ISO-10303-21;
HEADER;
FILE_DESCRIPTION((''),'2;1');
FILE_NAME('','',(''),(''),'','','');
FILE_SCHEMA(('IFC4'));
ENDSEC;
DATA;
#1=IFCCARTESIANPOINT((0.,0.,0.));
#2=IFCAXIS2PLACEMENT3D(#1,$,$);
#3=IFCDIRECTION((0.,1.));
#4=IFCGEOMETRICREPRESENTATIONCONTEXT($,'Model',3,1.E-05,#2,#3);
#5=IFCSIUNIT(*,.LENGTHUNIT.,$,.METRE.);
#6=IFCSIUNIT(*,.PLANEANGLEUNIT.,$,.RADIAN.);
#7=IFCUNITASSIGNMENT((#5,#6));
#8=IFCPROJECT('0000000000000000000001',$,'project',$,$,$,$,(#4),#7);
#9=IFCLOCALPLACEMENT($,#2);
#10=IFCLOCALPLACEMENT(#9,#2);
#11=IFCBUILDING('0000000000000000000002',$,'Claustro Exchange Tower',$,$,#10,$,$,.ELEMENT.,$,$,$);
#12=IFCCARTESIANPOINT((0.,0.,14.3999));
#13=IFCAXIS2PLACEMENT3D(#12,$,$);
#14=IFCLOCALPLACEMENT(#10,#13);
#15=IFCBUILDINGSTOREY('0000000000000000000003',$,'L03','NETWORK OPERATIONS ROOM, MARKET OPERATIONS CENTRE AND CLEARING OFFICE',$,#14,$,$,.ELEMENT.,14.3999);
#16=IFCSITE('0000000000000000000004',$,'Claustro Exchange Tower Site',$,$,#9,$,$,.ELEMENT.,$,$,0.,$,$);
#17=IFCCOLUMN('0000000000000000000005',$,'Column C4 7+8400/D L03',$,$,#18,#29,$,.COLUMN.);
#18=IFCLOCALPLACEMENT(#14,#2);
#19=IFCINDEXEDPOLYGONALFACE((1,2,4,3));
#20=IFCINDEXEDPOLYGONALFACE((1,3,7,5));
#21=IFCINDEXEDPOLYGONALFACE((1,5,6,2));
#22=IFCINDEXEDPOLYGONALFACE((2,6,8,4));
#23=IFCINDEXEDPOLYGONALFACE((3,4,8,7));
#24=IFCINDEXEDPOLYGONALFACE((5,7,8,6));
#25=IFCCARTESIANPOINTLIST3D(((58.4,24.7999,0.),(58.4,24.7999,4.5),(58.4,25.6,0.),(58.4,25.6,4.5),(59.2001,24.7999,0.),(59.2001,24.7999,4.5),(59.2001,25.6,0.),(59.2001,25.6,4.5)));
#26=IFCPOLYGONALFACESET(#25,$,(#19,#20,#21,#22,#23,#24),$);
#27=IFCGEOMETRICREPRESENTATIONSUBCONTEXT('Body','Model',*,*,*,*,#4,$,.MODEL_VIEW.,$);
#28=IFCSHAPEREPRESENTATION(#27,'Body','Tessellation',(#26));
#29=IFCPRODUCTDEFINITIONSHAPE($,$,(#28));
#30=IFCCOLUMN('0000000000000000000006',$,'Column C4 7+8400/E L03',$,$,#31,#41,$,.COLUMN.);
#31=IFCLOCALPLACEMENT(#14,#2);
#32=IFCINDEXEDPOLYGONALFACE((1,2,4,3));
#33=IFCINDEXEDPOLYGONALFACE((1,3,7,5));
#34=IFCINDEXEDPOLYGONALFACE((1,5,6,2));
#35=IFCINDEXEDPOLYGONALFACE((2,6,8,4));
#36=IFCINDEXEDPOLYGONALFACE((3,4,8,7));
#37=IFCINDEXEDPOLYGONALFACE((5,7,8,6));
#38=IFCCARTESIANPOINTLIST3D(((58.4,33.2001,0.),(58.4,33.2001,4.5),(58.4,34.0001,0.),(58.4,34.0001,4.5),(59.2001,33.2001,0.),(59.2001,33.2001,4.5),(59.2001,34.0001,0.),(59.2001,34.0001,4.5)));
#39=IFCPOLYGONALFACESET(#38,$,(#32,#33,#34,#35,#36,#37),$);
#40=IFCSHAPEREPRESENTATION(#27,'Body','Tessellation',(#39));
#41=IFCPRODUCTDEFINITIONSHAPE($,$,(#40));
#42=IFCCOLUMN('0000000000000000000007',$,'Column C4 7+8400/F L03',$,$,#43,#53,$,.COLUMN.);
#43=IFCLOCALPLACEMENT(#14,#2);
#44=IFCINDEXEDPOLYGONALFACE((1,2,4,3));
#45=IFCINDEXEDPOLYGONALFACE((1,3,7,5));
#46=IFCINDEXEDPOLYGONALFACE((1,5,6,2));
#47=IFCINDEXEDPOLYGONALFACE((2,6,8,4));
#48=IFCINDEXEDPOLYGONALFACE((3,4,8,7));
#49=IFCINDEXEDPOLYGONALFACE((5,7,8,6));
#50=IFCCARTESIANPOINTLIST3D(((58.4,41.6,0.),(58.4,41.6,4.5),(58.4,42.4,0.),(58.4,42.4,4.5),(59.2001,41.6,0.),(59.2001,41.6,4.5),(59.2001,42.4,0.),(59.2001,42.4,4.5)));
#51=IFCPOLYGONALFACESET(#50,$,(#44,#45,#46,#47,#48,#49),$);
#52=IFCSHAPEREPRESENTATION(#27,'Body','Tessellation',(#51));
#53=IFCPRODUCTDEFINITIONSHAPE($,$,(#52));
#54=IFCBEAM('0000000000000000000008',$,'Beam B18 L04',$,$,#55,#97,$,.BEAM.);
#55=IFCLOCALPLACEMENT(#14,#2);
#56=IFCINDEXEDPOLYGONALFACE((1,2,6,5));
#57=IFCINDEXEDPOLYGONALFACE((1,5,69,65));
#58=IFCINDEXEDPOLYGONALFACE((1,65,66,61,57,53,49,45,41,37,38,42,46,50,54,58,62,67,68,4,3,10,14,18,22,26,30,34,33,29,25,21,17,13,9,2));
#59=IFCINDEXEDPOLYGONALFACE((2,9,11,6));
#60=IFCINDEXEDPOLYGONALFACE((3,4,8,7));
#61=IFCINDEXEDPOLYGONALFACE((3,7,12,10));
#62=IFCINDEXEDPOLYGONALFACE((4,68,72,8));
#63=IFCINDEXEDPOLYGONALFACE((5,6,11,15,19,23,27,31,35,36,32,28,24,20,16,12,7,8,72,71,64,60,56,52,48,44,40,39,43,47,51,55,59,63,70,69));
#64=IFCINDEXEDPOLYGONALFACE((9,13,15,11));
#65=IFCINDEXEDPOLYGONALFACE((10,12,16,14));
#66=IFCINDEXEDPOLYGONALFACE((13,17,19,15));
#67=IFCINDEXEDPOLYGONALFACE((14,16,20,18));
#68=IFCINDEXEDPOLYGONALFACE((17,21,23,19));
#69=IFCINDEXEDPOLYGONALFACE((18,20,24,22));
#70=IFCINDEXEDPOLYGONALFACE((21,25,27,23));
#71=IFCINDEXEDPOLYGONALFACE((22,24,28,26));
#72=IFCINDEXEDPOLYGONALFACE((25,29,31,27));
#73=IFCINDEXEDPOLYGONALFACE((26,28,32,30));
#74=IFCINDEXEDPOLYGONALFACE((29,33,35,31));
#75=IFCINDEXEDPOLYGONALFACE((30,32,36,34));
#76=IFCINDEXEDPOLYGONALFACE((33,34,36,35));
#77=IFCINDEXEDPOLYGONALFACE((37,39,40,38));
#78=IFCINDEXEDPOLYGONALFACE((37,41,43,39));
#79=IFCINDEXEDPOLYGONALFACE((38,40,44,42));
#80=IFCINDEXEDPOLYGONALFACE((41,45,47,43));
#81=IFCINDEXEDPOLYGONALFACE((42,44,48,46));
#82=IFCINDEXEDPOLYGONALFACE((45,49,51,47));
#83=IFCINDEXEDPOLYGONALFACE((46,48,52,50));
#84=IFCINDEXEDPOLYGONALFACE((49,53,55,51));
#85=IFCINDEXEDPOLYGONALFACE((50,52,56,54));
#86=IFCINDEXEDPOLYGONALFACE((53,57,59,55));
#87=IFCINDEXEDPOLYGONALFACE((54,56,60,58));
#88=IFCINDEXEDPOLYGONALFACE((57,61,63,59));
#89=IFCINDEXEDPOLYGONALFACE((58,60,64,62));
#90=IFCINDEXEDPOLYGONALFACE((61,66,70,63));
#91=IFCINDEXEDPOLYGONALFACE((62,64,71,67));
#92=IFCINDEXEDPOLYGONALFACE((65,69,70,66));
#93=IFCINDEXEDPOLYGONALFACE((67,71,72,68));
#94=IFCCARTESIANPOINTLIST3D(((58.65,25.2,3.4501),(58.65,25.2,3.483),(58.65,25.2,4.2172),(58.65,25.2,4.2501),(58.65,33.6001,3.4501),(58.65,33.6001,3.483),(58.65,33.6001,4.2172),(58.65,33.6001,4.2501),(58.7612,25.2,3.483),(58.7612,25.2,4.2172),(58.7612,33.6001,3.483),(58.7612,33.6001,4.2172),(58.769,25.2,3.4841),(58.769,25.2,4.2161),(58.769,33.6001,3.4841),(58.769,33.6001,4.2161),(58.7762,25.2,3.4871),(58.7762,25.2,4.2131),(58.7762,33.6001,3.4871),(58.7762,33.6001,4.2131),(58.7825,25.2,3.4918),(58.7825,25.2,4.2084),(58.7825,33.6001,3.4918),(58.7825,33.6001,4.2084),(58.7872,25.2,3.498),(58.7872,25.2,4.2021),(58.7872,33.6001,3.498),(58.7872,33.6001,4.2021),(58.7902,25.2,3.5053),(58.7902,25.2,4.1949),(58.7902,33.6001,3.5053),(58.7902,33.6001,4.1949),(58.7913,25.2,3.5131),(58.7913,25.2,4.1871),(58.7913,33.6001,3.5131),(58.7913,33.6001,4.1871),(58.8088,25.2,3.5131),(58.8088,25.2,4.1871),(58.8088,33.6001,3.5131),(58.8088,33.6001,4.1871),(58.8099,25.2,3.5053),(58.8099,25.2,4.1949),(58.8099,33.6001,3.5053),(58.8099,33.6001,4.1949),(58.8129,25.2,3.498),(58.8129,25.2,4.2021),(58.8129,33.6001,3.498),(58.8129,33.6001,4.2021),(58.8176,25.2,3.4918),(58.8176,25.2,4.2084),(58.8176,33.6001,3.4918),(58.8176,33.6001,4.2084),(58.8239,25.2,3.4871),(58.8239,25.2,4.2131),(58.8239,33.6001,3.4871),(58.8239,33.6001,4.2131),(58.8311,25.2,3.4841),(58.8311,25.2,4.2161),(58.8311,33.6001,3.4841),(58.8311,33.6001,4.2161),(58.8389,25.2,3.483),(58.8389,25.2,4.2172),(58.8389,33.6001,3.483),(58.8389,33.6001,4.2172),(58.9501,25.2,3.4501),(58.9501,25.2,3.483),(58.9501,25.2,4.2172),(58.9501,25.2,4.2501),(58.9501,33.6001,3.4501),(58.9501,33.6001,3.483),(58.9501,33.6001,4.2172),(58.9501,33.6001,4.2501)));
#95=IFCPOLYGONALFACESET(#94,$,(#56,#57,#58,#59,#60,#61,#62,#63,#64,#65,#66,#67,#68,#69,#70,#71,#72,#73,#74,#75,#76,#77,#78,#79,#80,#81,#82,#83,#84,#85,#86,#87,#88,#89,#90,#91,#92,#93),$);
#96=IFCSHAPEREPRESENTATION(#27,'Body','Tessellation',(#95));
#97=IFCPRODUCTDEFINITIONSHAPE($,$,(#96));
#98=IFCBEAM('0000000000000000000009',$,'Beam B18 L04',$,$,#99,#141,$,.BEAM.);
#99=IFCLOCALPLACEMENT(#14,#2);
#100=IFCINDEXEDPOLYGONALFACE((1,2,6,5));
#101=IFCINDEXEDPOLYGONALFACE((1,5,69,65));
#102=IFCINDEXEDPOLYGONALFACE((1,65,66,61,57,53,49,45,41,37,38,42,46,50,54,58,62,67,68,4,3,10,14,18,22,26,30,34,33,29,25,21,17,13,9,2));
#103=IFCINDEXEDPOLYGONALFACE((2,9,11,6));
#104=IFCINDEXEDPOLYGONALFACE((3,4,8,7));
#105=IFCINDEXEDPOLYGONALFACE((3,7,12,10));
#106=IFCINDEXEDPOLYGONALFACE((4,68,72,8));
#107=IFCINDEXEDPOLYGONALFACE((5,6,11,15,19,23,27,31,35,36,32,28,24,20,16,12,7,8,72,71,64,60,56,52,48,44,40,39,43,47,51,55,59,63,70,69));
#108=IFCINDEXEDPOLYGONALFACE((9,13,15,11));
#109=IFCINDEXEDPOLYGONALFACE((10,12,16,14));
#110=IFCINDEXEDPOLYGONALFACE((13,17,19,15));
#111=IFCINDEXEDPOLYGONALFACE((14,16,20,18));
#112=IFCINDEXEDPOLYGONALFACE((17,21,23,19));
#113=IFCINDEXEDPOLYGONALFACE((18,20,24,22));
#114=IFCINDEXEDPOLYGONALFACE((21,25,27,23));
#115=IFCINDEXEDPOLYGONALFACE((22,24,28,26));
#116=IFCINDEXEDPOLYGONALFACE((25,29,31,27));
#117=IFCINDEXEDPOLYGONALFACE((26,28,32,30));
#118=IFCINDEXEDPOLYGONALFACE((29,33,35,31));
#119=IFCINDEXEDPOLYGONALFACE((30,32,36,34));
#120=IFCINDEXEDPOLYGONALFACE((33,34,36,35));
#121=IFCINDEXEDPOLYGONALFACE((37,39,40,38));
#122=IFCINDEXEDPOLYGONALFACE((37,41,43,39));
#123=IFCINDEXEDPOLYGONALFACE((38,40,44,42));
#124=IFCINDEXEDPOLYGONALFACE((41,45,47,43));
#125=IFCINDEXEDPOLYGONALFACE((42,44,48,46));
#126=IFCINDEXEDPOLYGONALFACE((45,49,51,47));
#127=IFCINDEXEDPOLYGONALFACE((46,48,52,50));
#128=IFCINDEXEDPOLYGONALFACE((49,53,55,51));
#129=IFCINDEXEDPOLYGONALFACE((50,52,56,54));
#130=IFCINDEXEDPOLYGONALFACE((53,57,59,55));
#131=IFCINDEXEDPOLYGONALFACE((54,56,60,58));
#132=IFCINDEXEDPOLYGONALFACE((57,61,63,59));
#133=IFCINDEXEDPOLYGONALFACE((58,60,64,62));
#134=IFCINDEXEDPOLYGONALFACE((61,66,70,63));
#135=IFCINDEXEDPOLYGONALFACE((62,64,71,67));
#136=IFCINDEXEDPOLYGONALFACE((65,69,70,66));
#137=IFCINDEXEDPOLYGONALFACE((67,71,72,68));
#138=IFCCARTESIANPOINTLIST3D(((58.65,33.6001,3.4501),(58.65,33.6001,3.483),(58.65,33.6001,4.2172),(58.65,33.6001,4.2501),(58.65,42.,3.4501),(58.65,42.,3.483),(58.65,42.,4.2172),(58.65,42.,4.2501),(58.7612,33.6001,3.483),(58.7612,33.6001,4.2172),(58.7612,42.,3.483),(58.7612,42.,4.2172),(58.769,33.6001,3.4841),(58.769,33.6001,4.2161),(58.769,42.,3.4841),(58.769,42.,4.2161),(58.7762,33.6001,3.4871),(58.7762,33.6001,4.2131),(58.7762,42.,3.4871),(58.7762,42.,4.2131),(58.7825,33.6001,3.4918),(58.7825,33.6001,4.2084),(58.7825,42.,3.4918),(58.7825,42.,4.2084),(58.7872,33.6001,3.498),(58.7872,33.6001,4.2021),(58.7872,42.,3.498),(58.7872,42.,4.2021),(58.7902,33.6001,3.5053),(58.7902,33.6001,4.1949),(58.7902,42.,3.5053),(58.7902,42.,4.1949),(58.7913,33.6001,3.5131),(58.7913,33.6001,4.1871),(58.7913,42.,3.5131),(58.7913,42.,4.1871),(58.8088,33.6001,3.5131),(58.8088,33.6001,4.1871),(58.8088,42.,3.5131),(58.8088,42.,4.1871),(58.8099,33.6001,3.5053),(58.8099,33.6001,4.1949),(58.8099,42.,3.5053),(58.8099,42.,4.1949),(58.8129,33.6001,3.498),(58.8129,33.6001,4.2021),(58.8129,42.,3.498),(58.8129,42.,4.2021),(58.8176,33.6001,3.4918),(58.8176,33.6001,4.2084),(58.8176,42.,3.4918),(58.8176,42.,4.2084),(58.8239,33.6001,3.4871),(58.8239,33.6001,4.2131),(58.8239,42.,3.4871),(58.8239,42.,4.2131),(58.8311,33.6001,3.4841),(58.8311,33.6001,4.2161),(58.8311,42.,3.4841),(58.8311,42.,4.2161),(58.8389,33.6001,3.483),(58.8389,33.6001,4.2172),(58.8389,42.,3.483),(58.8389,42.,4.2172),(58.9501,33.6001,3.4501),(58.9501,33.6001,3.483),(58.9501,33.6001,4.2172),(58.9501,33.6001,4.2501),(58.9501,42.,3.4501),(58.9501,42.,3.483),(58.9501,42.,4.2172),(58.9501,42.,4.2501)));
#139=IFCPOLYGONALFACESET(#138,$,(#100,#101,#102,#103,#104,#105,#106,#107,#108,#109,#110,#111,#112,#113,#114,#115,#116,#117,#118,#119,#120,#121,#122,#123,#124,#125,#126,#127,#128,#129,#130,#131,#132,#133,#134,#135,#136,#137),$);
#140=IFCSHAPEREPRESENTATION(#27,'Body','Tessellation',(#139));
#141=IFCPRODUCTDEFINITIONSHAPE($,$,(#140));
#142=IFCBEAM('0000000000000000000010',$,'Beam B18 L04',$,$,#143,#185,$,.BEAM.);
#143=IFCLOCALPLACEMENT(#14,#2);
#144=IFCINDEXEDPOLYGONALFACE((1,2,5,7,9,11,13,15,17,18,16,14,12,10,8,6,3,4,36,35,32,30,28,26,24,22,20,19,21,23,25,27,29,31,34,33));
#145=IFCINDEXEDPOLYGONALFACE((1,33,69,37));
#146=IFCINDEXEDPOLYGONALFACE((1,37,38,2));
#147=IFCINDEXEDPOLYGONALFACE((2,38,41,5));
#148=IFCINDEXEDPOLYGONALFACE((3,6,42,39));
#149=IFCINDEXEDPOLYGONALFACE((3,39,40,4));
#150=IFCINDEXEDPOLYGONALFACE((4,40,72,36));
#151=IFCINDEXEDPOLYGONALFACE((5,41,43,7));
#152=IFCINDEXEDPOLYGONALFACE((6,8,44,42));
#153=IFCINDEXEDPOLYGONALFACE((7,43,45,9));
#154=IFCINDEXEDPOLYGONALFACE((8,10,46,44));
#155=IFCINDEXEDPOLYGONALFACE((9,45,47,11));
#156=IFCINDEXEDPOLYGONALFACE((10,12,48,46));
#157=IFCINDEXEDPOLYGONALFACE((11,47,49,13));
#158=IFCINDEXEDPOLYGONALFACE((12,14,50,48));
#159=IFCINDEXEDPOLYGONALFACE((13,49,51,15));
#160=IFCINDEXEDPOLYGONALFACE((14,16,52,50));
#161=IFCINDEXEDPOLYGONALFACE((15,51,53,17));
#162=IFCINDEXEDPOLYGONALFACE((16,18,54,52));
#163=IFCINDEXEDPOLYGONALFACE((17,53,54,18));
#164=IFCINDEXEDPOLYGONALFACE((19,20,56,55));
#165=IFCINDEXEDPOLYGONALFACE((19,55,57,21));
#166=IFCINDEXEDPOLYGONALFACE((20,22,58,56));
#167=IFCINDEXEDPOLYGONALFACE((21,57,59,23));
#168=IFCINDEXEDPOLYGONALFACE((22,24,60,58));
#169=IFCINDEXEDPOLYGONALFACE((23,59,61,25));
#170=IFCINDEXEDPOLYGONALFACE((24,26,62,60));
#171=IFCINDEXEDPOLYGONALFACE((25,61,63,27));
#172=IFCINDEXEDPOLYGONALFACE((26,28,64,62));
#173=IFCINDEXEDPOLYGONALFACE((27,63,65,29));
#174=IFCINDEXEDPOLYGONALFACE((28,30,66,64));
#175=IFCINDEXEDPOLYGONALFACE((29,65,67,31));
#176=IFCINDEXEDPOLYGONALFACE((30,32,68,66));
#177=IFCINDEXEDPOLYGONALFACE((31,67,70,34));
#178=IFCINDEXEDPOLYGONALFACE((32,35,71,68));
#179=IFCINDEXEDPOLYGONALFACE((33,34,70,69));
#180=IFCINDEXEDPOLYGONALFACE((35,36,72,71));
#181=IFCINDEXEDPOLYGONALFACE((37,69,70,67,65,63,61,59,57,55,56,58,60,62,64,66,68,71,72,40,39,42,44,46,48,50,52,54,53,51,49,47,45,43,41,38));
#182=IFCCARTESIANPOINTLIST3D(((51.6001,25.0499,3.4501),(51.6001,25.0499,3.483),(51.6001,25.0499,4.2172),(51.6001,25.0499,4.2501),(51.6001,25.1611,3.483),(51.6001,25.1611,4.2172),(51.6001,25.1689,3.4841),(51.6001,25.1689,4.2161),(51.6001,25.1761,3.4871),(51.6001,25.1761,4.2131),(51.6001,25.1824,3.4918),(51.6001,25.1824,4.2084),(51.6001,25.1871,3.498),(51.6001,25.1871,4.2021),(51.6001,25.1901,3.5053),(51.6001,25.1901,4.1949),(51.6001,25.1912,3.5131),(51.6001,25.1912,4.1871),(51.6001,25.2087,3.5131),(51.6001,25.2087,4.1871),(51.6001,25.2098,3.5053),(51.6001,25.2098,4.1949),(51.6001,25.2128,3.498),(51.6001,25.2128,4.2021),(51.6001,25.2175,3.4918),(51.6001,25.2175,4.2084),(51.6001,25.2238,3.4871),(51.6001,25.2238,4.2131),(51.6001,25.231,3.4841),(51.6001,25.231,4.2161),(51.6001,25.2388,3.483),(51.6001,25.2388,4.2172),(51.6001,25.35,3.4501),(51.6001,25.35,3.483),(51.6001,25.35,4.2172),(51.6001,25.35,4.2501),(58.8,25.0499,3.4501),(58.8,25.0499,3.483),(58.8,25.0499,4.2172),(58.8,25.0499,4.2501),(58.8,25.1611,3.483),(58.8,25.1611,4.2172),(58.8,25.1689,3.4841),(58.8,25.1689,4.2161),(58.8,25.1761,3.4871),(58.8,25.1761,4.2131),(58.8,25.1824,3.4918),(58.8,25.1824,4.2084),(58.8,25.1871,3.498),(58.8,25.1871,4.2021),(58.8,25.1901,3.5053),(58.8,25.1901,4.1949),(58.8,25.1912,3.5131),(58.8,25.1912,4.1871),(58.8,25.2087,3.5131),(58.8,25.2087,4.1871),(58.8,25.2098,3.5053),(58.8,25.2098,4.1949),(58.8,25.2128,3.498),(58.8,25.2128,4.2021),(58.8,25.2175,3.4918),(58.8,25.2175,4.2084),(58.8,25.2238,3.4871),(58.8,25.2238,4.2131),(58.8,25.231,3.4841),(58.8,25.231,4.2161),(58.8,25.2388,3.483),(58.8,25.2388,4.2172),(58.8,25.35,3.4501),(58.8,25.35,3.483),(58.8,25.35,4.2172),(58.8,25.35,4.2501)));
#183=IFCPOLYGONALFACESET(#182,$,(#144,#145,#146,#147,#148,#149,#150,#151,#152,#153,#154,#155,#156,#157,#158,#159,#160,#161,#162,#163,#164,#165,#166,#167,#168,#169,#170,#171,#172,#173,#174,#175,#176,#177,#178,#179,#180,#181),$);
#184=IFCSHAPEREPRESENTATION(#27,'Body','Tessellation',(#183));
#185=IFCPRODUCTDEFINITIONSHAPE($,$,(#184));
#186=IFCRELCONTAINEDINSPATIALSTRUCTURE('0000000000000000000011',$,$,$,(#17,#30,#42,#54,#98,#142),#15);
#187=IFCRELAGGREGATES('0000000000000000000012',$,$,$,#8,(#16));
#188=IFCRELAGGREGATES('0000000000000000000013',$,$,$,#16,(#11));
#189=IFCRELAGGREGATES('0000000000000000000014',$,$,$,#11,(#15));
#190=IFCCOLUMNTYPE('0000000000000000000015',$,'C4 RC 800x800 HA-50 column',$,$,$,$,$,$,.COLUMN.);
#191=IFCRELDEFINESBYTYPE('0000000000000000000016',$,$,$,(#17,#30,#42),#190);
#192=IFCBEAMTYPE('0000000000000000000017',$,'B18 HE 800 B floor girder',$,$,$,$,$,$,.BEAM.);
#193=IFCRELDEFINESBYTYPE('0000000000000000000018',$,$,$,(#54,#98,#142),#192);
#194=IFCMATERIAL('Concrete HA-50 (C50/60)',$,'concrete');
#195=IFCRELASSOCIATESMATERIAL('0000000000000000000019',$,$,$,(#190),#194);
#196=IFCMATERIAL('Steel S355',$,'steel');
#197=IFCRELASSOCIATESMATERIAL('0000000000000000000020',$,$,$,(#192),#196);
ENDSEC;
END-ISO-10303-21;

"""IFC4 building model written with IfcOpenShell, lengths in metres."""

from ifc_helpers import new_model, si_unit, direction, frame, origin, origin_2d, place, context, subcontext, project, spatial, rectangle, i_section, extrude, material, material_profile, profile_set, type_object, element, save


model = new_model("IFC4")

# Units and contexts
model_context = context("Model", 3, precision=1e-05, world=origin(), true_north=direction((0.0, 1.0)))
body_context = subcontext(model_context, "Body", "Model", "MODEL_VIEW")
ifc_project = project(units=[si_unit("LENGTHUNIT", "METRE"), si_unit("PLANEANGLEUNIT", "RADIAN")], contexts=[model_context])

# Site, building, storey
site_placement = place(None, origin())
site = spatial("IfcSite", under=ifc_project, at=site_placement, Name="Claustro Exchange Tower Site", CompositionType="ELEMENT", RefElevation=0.0)
building_placement = place(site_placement, origin())
building = spatial("IfcBuilding", under=site, at=building_placement, Name="Claustro Exchange Tower", CompositionType="ELEMENT")
storey_placement = place(building_placement, frame((0.0, 0.0, 14.3999)))
storey = spatial("IfcBuildingStorey", under=building, at=storey_placement, Name="L03", Description="NETWORK OPERATIONS ROOM, MARKET OPERATIONS CENTRE AND CLEARING OFFICE", CompositionType="ELEMENT", Elevation=14.3999)

# Columns
ifc_material_1 = material(Name="Concrete HA-50 (C50/60)", Category="concrete")
ifc_material_profile_1 = material_profile(ifc_material_1, rectangle(XDim=0.8, YDim=0.8, at=origin_2d()), Name="RC 800x800")
ifc_profile_set_1 = profile_set([ifc_material_profile_1], Name="Concrete HA-50 (C50/60)")
column_type = type_object("IfcColumnType", Name="C4 RC 800x800 HA-50 column", PredefinedType="COLUMN", material=ifc_profile_set_1)
for number, where, z_axis, x_axis, name in (
    (1, (58.8, 25.2, 0.0), (0.0, 0.0, 1.0), (1.0, 0.0, 0.0), "Column C4 7+8400/D L03"),
    (2, (58.8, 33.6001, 0.0), (0.0, 0.0, 1.0), (1.0, 0.0, 0.0), "Column C4 7+8400/E L03"),
    (3, (58.8, 42.0, 0.0), (0.0, 0.0, 1.0), (1.0, 0.0, 0.0), "Column C4 7+8400/F L03"),
):
    element("IfcColumn", number, at=place(storey_placement, frame(where, z_axis=z_axis, x_axis=x_axis)), inside=storey, type_object=column_type, Name=name, PredefinedType="COLUMN", context=body_context, shape_type="SweptSolid", body=[
        extrude(rectangle(XDim=0.8, YDim=0.8, at=origin_2d()), origin(), (0.0, 0.0, 1.0), 4.5),
    ])

# Beams
ifc_material_2 = material(Name="Steel S355", Category="steel")
ifc_material_profile_2 = material_profile(ifc_material_2, i_section(OverallWidth=0.3, OverallDepth=0.8, WebThickness=0.0176, FlangeThickness=0.033, FilletRadius=0.03, at=origin_2d()), Name="HE 800 B")
ifc_profile_set_2 = profile_set([ifc_material_profile_2], Name="Steel S355")
beam_type_1 = type_object("IfcBeamType", Name="B18 HE 800 B floor girder", PredefinedType="BEAM", material=ifc_profile_set_2)
beam_1_placement = place(storey_placement, frame((58.8, 25.2, 3.8501), z_axis=(0.0, 1.0, 0.0), x_axis=(-1.0, 0.0, 0.0)))
element("IfcBeam", 4, at=beam_1_placement, inside=storey, type_object=beam_type_1, Name="Beam B18 L04", PredefinedType="BEAM", context=body_context, shape_type="SweptSolid", body=[
    extrude(i_section(OverallWidth=0.3, OverallDepth=0.8, WebThickness=0.0176, FlangeThickness=0.033, FilletRadius=0.03, at=origin_2d()), origin(), (0.0, 0.0, 1.0), 8.4001),
])
beam_2_placement = place(storey_placement, frame((58.8, 33.6001, 3.8501), z_axis=(0.0, 1.0, 0.0), x_axis=(-1.0, 0.0, 0.0)))
element("IfcBeam", 5, at=beam_2_placement, inside=storey, type_object=beam_type_1, Name="Beam B18 L04", PredefinedType="BEAM", context=body_context, shape_type="SweptSolid", body=[
    extrude(i_section(OverallWidth=0.3, OverallDepth=0.8, WebThickness=0.0176, FlangeThickness=0.033, FilletRadius=0.03, at=origin_2d()), origin(), (0.0, 0.0, 1.0), 8.3999),
])
for number, where, z_axis, x_axis, name in (
    (6, (51.6001, 25.2, 3.8501), (1.0, 0.0, 0.0), (0.0, 1.0, 0.0), "Beam B18 L04"),
):
    element("IfcBeam", number, at=place(storey_placement, frame(where, z_axis=z_axis, x_axis=x_axis)), inside=storey, type_object=beam_type_1, Name=name, PredefinedType="BEAM", context=body_context, shape_type="SweptSolid", body=[
        extrude(i_section(OverallWidth=0.3, OverallDepth=0.8, WebThickness=0.0176, FlangeThickness=0.033, FilletRadius=0.03, at=origin_2d()), origin(), (0.0, 0.0, 1.0), 7.2),
    ])

save(model, "model.ifc")
